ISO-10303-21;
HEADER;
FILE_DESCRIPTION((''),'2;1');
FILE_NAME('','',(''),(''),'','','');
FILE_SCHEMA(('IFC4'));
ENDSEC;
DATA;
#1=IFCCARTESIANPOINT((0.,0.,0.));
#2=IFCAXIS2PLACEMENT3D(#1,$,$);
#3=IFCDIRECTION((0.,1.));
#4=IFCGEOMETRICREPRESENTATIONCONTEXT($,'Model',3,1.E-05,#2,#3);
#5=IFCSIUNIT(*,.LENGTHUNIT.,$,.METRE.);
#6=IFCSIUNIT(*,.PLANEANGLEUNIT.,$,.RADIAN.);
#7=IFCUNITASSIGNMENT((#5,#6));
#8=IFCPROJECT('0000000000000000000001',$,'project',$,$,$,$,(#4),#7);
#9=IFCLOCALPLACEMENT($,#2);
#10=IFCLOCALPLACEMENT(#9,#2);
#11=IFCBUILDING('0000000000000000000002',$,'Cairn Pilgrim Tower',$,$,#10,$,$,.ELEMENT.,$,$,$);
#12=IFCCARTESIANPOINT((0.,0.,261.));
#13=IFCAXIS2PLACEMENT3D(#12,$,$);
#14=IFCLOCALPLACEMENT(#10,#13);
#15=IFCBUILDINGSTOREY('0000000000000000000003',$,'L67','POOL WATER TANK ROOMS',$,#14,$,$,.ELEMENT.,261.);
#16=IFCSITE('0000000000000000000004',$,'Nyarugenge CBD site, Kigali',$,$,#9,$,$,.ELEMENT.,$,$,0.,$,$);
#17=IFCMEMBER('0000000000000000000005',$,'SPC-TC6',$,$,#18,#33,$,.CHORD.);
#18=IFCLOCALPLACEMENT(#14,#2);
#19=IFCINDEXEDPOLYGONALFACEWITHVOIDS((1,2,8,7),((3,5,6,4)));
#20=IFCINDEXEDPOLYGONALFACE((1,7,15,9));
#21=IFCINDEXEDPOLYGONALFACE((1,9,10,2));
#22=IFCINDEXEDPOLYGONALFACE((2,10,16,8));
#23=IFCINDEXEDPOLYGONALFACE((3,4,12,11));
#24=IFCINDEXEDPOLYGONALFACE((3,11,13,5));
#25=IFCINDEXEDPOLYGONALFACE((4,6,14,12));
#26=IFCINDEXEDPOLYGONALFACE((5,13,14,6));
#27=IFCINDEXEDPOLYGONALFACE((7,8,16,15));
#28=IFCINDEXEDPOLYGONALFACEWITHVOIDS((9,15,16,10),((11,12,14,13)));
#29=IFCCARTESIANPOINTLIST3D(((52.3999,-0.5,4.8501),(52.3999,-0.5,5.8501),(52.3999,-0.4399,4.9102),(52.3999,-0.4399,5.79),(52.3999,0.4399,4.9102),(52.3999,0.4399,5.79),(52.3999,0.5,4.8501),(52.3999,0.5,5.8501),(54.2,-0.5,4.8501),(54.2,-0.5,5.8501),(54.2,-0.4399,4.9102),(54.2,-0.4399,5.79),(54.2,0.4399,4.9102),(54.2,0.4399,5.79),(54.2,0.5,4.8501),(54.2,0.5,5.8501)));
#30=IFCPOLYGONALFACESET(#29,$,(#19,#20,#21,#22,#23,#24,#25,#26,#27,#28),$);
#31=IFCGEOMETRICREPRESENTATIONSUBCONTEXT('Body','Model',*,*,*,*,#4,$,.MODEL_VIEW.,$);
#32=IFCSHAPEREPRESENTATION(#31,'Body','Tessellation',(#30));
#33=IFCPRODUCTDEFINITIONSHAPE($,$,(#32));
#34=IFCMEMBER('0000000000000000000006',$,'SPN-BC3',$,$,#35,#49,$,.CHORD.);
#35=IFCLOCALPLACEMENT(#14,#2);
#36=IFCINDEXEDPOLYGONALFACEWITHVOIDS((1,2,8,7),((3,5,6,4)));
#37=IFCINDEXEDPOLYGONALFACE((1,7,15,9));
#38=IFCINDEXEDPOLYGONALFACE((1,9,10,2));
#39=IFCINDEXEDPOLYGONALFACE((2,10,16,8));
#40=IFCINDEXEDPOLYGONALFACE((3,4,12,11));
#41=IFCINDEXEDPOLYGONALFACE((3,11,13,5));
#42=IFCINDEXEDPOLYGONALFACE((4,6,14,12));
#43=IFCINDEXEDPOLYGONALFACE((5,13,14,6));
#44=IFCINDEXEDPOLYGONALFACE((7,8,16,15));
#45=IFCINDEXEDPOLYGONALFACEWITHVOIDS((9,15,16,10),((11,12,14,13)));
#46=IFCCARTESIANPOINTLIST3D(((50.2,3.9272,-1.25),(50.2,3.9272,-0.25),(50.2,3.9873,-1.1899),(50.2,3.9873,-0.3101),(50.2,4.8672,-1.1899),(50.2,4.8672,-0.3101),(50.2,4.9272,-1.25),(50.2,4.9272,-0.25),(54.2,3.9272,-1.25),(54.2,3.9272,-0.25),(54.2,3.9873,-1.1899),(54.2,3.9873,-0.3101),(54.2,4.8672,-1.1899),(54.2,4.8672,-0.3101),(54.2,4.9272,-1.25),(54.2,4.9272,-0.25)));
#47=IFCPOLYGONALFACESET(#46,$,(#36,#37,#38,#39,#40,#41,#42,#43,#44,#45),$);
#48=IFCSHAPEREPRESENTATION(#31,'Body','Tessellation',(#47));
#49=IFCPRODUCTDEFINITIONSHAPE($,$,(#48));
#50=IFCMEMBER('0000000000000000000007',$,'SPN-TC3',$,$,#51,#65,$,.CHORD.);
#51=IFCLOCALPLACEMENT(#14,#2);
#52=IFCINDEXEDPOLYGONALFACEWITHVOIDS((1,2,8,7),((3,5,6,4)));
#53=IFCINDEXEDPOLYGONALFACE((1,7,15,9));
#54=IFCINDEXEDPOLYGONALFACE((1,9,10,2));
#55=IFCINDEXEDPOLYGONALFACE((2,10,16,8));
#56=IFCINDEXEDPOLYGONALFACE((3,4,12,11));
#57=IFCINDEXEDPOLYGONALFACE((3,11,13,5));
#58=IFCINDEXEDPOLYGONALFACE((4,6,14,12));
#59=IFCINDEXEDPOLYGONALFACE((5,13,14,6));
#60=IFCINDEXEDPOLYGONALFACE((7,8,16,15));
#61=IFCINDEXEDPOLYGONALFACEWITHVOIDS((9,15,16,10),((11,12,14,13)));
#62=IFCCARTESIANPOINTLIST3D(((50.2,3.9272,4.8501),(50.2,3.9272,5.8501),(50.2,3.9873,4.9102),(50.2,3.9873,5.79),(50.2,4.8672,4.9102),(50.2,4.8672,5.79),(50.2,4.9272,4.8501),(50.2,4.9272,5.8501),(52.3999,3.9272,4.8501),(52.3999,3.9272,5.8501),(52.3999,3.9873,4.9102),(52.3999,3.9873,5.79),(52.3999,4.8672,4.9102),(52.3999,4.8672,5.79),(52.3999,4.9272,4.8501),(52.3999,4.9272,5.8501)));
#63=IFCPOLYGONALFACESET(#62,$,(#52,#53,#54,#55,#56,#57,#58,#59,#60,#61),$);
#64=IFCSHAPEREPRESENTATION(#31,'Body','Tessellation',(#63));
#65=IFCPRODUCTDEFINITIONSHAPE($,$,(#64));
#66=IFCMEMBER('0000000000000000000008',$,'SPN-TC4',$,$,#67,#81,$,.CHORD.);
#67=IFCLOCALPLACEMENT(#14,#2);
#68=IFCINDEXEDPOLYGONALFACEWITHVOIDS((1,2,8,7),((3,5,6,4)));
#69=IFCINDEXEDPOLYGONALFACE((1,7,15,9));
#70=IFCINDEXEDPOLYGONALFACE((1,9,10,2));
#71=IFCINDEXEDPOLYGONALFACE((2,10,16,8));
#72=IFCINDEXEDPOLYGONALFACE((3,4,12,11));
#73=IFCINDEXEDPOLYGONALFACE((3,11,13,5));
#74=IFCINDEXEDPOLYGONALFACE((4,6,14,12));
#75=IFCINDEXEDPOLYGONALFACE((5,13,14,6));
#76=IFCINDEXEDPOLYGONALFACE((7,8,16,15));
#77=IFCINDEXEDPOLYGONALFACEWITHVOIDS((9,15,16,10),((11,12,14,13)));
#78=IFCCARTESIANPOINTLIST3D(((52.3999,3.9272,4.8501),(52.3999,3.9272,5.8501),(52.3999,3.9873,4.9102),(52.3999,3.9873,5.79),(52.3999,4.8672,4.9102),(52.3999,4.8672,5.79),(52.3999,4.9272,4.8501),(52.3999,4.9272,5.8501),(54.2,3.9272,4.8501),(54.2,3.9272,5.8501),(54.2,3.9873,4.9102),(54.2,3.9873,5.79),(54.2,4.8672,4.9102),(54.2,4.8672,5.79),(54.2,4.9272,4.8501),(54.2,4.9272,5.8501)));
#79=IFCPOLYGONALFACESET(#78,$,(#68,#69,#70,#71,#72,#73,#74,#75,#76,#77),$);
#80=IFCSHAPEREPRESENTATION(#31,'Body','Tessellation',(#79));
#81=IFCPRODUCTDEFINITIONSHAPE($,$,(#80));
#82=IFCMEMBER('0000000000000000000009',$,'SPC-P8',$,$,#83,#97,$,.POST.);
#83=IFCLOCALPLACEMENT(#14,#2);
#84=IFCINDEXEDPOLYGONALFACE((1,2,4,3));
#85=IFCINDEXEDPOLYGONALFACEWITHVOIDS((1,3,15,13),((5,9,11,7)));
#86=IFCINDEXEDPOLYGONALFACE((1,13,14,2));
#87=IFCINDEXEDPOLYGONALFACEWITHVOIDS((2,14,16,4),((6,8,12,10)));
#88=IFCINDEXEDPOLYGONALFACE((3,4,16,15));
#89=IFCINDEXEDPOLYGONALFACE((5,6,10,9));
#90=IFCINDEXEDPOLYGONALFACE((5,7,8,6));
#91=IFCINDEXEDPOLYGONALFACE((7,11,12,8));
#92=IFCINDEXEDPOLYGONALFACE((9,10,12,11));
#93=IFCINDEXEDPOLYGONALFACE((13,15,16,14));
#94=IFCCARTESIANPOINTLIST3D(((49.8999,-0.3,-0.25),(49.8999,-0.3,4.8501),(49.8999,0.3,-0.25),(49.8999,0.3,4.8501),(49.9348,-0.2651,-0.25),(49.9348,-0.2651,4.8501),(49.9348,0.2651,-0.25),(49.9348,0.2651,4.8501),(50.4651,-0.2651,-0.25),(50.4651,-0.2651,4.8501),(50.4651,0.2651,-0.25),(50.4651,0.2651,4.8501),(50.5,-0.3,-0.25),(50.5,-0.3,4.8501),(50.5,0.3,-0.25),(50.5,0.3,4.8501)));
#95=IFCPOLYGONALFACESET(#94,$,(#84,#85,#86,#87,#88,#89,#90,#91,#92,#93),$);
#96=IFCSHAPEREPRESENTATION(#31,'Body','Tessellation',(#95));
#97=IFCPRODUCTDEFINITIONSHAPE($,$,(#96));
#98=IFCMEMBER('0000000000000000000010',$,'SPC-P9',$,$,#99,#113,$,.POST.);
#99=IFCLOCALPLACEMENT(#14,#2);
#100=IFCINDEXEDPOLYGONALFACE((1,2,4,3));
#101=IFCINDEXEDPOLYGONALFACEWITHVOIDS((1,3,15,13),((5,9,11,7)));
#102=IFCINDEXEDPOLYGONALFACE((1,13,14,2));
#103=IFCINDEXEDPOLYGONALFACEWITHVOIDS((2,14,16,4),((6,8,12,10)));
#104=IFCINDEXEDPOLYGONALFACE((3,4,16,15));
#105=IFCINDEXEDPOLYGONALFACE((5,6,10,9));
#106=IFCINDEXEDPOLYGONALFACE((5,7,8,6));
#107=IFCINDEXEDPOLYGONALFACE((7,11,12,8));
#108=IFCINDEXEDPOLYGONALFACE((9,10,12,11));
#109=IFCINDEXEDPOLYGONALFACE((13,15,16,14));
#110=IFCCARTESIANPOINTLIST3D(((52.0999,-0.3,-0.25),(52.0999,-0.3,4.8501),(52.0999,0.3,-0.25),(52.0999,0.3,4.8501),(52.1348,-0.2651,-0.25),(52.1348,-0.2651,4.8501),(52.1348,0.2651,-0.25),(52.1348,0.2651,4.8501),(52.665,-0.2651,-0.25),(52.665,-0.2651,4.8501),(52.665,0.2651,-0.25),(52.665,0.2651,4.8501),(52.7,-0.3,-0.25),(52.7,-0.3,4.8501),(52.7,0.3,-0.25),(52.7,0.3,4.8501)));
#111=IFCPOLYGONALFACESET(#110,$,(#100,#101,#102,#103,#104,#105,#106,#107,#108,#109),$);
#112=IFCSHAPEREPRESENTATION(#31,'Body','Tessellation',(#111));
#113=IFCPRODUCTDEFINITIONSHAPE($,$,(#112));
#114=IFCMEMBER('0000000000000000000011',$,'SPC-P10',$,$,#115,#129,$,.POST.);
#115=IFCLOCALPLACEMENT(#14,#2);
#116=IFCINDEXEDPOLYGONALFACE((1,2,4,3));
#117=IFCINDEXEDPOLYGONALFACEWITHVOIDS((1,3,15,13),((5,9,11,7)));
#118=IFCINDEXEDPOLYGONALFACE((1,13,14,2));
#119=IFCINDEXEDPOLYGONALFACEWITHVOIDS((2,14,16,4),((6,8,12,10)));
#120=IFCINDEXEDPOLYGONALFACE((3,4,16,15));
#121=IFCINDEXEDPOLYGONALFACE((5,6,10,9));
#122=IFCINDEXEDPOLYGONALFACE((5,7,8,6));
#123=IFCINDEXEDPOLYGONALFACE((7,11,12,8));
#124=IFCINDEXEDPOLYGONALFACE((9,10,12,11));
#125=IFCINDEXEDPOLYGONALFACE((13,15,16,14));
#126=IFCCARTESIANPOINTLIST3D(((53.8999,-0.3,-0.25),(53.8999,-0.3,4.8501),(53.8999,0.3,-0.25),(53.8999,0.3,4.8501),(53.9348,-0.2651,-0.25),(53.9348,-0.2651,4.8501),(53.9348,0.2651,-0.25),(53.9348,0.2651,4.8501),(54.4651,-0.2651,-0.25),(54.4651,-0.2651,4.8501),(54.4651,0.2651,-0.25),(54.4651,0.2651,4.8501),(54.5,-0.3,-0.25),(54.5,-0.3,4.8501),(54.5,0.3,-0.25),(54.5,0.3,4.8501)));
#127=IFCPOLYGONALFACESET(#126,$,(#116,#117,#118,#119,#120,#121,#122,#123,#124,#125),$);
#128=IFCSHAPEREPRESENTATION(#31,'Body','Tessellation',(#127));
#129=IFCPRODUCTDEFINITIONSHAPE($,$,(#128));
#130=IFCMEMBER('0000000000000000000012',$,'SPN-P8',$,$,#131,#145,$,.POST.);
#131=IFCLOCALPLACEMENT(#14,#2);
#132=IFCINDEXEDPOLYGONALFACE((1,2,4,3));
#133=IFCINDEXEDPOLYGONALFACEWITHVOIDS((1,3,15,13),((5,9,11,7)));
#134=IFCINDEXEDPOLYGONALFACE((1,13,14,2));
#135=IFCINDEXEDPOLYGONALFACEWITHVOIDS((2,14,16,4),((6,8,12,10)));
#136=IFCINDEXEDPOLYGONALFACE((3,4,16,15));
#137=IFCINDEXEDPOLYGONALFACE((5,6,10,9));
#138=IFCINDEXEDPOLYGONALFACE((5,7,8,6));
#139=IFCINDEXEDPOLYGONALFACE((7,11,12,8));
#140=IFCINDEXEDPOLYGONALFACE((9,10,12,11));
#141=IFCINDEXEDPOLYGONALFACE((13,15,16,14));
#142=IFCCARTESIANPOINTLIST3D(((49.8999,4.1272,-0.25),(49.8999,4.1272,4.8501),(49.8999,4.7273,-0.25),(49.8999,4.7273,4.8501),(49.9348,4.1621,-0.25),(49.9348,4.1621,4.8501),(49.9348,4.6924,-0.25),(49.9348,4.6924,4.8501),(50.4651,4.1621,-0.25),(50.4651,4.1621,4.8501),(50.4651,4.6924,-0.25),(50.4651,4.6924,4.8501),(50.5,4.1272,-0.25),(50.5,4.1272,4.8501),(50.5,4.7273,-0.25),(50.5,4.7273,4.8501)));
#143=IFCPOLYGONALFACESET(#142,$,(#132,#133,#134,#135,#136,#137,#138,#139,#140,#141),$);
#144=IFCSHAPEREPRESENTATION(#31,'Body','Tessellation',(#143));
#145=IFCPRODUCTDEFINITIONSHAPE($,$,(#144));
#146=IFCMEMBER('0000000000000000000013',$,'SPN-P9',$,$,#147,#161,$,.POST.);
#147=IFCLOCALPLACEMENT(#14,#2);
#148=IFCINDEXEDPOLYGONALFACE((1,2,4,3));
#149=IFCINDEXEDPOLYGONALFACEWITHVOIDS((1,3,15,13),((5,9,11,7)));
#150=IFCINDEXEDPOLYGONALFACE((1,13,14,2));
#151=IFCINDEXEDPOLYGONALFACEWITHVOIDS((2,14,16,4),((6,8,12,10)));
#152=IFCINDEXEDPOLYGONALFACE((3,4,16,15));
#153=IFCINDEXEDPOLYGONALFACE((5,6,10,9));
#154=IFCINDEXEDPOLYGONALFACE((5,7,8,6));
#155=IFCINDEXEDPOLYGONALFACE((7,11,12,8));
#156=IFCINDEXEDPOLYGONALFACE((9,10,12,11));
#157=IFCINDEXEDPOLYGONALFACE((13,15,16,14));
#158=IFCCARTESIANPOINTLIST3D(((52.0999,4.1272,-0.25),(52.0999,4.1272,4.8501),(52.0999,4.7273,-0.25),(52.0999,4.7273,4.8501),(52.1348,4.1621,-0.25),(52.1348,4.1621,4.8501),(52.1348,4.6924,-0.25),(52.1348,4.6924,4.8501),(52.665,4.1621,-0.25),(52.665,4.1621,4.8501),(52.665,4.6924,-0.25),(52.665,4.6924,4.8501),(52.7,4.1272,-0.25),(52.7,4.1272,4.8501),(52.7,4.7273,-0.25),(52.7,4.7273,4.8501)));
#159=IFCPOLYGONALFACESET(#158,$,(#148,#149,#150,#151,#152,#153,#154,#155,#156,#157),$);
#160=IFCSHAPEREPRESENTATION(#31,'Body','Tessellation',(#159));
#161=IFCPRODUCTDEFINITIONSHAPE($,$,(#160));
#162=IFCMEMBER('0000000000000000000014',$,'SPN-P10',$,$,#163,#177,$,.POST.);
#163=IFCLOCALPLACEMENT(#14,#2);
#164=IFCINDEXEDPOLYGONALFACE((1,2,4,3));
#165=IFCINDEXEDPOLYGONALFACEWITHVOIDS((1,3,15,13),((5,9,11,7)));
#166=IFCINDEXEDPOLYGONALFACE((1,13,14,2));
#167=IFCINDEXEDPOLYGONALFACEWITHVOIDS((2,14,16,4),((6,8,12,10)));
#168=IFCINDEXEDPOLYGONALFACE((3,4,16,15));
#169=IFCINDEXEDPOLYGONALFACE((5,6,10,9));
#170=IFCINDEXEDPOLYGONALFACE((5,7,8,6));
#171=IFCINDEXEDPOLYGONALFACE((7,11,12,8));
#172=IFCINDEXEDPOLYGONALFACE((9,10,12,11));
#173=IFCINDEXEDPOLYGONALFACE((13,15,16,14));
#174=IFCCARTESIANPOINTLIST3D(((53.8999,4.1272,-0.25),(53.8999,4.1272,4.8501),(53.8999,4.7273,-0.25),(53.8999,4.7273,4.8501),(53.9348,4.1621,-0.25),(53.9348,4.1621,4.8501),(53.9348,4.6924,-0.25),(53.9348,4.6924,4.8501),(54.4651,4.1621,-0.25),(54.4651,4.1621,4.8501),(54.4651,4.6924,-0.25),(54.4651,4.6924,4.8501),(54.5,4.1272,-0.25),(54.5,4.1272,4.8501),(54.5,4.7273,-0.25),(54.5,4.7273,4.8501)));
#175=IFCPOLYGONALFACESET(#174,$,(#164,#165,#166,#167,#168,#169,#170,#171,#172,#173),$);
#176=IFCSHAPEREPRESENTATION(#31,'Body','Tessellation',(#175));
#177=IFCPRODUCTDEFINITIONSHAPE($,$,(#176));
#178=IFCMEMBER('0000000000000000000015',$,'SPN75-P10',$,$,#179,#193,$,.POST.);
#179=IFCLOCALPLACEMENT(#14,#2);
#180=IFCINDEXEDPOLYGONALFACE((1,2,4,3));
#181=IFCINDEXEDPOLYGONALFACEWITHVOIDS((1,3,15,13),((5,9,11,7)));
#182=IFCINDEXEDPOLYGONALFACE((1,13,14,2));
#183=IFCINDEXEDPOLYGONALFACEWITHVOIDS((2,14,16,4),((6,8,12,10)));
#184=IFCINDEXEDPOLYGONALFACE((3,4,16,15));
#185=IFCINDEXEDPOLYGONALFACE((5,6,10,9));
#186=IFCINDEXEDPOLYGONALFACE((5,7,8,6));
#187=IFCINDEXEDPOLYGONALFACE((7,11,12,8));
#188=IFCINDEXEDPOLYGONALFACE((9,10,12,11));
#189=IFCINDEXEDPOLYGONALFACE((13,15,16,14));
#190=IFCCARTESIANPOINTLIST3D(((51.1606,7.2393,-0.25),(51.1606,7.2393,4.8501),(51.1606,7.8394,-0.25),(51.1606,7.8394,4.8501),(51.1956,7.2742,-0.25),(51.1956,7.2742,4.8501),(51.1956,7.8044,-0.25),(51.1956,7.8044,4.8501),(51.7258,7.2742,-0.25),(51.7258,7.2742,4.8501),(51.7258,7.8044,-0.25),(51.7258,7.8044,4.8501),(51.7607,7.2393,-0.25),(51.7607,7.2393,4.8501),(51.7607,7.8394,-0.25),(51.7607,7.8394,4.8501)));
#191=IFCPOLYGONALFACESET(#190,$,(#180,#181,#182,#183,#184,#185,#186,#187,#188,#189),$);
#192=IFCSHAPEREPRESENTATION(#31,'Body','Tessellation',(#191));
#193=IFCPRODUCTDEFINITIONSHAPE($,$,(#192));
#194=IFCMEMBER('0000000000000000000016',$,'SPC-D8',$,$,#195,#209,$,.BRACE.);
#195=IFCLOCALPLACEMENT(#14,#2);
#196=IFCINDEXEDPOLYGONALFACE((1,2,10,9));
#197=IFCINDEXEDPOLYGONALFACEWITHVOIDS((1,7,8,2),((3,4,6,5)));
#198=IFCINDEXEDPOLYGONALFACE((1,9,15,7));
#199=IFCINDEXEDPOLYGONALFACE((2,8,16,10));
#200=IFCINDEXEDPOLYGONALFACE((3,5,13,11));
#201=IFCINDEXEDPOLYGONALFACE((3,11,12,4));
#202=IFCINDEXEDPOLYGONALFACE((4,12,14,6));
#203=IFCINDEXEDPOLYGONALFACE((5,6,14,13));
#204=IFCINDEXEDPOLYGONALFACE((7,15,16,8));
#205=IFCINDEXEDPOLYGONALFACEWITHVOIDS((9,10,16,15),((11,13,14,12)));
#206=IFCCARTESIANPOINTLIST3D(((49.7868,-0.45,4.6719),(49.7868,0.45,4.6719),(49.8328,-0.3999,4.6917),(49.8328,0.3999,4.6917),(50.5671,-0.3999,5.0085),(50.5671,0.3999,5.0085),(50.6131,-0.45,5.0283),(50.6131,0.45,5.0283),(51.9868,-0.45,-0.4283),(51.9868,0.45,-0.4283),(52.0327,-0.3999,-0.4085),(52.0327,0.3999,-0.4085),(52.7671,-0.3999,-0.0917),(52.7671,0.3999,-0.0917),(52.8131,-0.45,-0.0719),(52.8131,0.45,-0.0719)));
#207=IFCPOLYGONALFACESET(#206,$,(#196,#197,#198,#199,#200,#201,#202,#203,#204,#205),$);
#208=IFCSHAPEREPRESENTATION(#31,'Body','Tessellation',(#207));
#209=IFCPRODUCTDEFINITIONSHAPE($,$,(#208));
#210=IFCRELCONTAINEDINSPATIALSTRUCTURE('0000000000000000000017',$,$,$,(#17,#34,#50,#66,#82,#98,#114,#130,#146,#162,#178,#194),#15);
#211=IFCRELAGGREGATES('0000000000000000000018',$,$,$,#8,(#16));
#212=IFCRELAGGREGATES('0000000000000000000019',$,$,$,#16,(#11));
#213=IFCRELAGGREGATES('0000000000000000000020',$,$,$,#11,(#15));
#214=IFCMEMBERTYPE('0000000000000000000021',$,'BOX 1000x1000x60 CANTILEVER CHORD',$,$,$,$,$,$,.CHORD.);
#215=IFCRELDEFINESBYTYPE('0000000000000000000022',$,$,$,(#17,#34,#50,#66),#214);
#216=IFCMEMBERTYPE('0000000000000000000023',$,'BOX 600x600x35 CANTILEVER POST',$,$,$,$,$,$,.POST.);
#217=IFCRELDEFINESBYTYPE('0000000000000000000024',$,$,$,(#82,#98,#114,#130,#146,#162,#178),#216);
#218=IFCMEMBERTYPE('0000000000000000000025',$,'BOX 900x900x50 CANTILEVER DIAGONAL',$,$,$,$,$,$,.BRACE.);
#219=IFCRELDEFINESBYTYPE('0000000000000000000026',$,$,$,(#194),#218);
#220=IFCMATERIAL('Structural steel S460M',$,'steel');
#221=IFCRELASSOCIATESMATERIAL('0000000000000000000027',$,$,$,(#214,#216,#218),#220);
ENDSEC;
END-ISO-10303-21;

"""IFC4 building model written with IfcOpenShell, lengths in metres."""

from ifc_helpers import new_model, si_unit, direction, frame, origin, origin_2d, place, context, subcontext, project, spatial, hollow_rectangle, extrude, material, material_profile, profile_set, type_object, element, save


model = new_model("IFC4")

# Units and contexts
model_context = context("Model", 3, precision=1e-05, world=origin(), true_north=direction((0.0, 1.0)))
body_context = subcontext(model_context, "Body", "Model", "MODEL_VIEW")
ifc_project = project(units=[si_unit("LENGTHUNIT", "METRE"), si_unit("PLANEANGLEUNIT", "RADIAN")], contexts=[model_context])

# Site, building, storey
site_placement = place(None, origin())
site = spatial("IfcSite", under=ifc_project, at=site_placement, Name="Nyarugenge CBD site, Kigali", CompositionType="ELEMENT", RefElevation=0.0)
building_placement = place(site_placement, origin())
building = spatial("IfcBuilding", under=site, at=building_placement, Name="Cairn Pilgrim Tower", CompositionType="ELEMENT")
storey_placement = place(building_placement, frame((0.0, 0.0, 261.0)))
storey = spatial("IfcBuildingStorey", under=building, at=storey_placement, Name="L67", Description="POOL WATER TANK ROOMS", CompositionType="ELEMENT", Elevation=261.0)

# Members
ifc_material = material(Name="Structural steel S460M", Category="steel")
ifc_material_profile_1 = material_profile(ifc_material, hollow_rectangle(XDim=1.0, YDim=1.0, WallThickness=0.0601, at=origin_2d()), Name="BOX 1000x1000x60")
ifc_profile_set_1 = profile_set([ifc_material_profile_1], Name="Structural steel S460M")
member_type_1 = type_object("IfcMemberType", Name="BOX 1000x1000x60 CANTILEVER CHORD", PredefinedType="CHORD", material=ifc_profile_set_1)
member_1_placement = place(storey_placement, frame((52.3999, 0.0, 5.3501), z_axis=(1.0, 0.0, 0.0), x_axis=(0.0, 1.0, 0.0)))
element("IfcMember", 1, at=member_1_placement, inside=storey, type_object=member_type_1, Name="SPC-TC6", PredefinedType="CHORD", context=body_context, shape_type="SweptSolid", body=[
    extrude(hollow_rectangle(XDim=1.0, YDim=1.0, WallThickness=0.0601, at=origin_2d()), origin(), (0.0, 0.0, 1.0), 1.8),
])
member_2_placement = place(storey_placement, frame((50.2, 4.4272, -0.75), z_axis=(1.0, 0.0, 0.0), x_axis=(0.0, 1.0, 0.0)))
element("IfcMember", 2, at=member_2_placement, inside=storey, type_object=member_type_1, Name="SPN-BC3", PredefinedType="CHORD", context=body_context, shape_type="SweptSolid", body=[
    extrude(hollow_rectangle(XDim=1.0, YDim=1.0, WallThickness=0.0601, at=origin_2d()), origin(), (0.0, 0.0, 1.0), 4.0),
])
member_3_placement = place(storey_placement, frame((50.2, 4.4272, 5.3501), z_axis=(1.0, 0.0, 0.0), x_axis=(0.0, 1.0, 0.0)))
element("IfcMember", 3, at=member_3_placement, inside=storey, type_object=member_type_1, Name="SPN-TC3", PredefinedType="CHORD", context=body_context, shape_type="SweptSolid", body=[
    extrude(hollow_rectangle(XDim=1.0, YDim=1.0, WallThickness=0.0601, at=origin_2d()), origin(), (0.0, 0.0, 1.0), 2.2),
])
member_4_placement = place(storey_placement, frame((52.3999, 4.4272, 5.3501), z_axis=(1.0, 0.0, 0.0), x_axis=(0.0, 1.0, 0.0)))
element("IfcMember", 4, at=member_4_placement, inside=storey, type_object=member_type_1, Name="SPN-TC4", PredefinedType="CHORD", context=body_context, shape_type="SweptSolid", body=[
    extrude(hollow_rectangle(XDim=1.0, YDim=1.0, WallThickness=0.0601, at=origin_2d()), origin(), (0.0, 0.0, 1.0), 1.8),
])
ifc_material_profile_2 = material_profile(ifc_material, hollow_rectangle(XDim=0.6001, YDim=0.6001, WallThickness=0.0349, at=origin_2d()), Name="BOX 600x600x35")
ifc_profile_set_2 = profile_set([ifc_material_profile_2], Name="Structural steel S460M")
member_type_2 = type_object("IfcMemberType", Name="BOX 600x600x35 CANTILEVER POST", PredefinedType="POST", material=ifc_profile_set_2)
for number, where, z_axis, x_axis, name in (
    (5, (50.2, 0.0, -0.25), (0.0, 0.0, 1.0), (1.0, 0.0, 0.0), "SPC-P8"),
    (6, (52.3999, 0.0, -0.25), (0.0, 0.0, 1.0), (1.0, 0.0, 0.0), "SPC-P9"),
    (7, (54.2, 0.0, -0.25), (0.0, 0.0, 1.0), (1.0, 0.0, 0.0), "SPC-P10"),
    (8, (50.2, 4.4272, -0.25), (0.0, 0.0, 1.0), (1.0, 0.0, 0.0), "SPN-P8"),
    (9, (52.3999, 4.4272, -0.25), (0.0, 0.0, 1.0), (1.0, 0.0, 0.0), "SPN-P9"),
    (10, (54.2, 4.4272, -0.25), (0.0, 0.0, 1.0), (1.0, 0.0, 0.0), "SPN-P10"),
    (11, (51.4607, 7.5393, -0.25), (0.0, 0.0, 1.0), (1.0, 0.0, 0.0), "SPN75-P10"),
):
    element("IfcMember", number, at=place(storey_placement, frame(where, z_axis=z_axis, x_axis=x_axis)), inside=storey, type_object=member_type_2, Name=name, PredefinedType="POST", context=body_context, shape_type="SweptSolid", body=[
        extrude(hollow_rectangle(XDim=0.6001, YDim=0.6001, WallThickness=0.0349, at=origin_2d()), origin(), (0.0, 0.0, 1.0), 5.1001),
    ])
ifc_material_profile_3 = material_profile(ifc_material, hollow_rectangle(XDim=0.8999, YDim=0.8999, WallThickness=0.05, at=origin_2d()), Name="BOX 900x900x50")
ifc_profile_set_3 = profile_set([ifc_material_profile_3], Name="Structural steel S460M")
member_type_3 = type_object("IfcMemberType", Name="BOX 900x900x50 CANTILEVER DIAGONAL", PredefinedType="BRACE", material=ifc_profile_set_3)
member_5_placement = place(storey_placement, frame((50.2, 0.0, 4.8501), z_axis=(0.396077, 0.0, -0.918217), x_axis=(0.0, 1.0, 0.0)))
element("IfcMember", 12, at=member_5_placement, inside=storey, type_object=member_type_3, Name="SPC-D8", PredefinedType="BRACE", context=body_context, shape_type="SweptSolid", body=[
    extrude(hollow_rectangle(XDim=0.8999, YDim=0.8999, WallThickness=0.05, at=origin_2d()), origin(), (0.0, 0.0, 1.0), 5.5544),
])

save(model, "model.ifc")
